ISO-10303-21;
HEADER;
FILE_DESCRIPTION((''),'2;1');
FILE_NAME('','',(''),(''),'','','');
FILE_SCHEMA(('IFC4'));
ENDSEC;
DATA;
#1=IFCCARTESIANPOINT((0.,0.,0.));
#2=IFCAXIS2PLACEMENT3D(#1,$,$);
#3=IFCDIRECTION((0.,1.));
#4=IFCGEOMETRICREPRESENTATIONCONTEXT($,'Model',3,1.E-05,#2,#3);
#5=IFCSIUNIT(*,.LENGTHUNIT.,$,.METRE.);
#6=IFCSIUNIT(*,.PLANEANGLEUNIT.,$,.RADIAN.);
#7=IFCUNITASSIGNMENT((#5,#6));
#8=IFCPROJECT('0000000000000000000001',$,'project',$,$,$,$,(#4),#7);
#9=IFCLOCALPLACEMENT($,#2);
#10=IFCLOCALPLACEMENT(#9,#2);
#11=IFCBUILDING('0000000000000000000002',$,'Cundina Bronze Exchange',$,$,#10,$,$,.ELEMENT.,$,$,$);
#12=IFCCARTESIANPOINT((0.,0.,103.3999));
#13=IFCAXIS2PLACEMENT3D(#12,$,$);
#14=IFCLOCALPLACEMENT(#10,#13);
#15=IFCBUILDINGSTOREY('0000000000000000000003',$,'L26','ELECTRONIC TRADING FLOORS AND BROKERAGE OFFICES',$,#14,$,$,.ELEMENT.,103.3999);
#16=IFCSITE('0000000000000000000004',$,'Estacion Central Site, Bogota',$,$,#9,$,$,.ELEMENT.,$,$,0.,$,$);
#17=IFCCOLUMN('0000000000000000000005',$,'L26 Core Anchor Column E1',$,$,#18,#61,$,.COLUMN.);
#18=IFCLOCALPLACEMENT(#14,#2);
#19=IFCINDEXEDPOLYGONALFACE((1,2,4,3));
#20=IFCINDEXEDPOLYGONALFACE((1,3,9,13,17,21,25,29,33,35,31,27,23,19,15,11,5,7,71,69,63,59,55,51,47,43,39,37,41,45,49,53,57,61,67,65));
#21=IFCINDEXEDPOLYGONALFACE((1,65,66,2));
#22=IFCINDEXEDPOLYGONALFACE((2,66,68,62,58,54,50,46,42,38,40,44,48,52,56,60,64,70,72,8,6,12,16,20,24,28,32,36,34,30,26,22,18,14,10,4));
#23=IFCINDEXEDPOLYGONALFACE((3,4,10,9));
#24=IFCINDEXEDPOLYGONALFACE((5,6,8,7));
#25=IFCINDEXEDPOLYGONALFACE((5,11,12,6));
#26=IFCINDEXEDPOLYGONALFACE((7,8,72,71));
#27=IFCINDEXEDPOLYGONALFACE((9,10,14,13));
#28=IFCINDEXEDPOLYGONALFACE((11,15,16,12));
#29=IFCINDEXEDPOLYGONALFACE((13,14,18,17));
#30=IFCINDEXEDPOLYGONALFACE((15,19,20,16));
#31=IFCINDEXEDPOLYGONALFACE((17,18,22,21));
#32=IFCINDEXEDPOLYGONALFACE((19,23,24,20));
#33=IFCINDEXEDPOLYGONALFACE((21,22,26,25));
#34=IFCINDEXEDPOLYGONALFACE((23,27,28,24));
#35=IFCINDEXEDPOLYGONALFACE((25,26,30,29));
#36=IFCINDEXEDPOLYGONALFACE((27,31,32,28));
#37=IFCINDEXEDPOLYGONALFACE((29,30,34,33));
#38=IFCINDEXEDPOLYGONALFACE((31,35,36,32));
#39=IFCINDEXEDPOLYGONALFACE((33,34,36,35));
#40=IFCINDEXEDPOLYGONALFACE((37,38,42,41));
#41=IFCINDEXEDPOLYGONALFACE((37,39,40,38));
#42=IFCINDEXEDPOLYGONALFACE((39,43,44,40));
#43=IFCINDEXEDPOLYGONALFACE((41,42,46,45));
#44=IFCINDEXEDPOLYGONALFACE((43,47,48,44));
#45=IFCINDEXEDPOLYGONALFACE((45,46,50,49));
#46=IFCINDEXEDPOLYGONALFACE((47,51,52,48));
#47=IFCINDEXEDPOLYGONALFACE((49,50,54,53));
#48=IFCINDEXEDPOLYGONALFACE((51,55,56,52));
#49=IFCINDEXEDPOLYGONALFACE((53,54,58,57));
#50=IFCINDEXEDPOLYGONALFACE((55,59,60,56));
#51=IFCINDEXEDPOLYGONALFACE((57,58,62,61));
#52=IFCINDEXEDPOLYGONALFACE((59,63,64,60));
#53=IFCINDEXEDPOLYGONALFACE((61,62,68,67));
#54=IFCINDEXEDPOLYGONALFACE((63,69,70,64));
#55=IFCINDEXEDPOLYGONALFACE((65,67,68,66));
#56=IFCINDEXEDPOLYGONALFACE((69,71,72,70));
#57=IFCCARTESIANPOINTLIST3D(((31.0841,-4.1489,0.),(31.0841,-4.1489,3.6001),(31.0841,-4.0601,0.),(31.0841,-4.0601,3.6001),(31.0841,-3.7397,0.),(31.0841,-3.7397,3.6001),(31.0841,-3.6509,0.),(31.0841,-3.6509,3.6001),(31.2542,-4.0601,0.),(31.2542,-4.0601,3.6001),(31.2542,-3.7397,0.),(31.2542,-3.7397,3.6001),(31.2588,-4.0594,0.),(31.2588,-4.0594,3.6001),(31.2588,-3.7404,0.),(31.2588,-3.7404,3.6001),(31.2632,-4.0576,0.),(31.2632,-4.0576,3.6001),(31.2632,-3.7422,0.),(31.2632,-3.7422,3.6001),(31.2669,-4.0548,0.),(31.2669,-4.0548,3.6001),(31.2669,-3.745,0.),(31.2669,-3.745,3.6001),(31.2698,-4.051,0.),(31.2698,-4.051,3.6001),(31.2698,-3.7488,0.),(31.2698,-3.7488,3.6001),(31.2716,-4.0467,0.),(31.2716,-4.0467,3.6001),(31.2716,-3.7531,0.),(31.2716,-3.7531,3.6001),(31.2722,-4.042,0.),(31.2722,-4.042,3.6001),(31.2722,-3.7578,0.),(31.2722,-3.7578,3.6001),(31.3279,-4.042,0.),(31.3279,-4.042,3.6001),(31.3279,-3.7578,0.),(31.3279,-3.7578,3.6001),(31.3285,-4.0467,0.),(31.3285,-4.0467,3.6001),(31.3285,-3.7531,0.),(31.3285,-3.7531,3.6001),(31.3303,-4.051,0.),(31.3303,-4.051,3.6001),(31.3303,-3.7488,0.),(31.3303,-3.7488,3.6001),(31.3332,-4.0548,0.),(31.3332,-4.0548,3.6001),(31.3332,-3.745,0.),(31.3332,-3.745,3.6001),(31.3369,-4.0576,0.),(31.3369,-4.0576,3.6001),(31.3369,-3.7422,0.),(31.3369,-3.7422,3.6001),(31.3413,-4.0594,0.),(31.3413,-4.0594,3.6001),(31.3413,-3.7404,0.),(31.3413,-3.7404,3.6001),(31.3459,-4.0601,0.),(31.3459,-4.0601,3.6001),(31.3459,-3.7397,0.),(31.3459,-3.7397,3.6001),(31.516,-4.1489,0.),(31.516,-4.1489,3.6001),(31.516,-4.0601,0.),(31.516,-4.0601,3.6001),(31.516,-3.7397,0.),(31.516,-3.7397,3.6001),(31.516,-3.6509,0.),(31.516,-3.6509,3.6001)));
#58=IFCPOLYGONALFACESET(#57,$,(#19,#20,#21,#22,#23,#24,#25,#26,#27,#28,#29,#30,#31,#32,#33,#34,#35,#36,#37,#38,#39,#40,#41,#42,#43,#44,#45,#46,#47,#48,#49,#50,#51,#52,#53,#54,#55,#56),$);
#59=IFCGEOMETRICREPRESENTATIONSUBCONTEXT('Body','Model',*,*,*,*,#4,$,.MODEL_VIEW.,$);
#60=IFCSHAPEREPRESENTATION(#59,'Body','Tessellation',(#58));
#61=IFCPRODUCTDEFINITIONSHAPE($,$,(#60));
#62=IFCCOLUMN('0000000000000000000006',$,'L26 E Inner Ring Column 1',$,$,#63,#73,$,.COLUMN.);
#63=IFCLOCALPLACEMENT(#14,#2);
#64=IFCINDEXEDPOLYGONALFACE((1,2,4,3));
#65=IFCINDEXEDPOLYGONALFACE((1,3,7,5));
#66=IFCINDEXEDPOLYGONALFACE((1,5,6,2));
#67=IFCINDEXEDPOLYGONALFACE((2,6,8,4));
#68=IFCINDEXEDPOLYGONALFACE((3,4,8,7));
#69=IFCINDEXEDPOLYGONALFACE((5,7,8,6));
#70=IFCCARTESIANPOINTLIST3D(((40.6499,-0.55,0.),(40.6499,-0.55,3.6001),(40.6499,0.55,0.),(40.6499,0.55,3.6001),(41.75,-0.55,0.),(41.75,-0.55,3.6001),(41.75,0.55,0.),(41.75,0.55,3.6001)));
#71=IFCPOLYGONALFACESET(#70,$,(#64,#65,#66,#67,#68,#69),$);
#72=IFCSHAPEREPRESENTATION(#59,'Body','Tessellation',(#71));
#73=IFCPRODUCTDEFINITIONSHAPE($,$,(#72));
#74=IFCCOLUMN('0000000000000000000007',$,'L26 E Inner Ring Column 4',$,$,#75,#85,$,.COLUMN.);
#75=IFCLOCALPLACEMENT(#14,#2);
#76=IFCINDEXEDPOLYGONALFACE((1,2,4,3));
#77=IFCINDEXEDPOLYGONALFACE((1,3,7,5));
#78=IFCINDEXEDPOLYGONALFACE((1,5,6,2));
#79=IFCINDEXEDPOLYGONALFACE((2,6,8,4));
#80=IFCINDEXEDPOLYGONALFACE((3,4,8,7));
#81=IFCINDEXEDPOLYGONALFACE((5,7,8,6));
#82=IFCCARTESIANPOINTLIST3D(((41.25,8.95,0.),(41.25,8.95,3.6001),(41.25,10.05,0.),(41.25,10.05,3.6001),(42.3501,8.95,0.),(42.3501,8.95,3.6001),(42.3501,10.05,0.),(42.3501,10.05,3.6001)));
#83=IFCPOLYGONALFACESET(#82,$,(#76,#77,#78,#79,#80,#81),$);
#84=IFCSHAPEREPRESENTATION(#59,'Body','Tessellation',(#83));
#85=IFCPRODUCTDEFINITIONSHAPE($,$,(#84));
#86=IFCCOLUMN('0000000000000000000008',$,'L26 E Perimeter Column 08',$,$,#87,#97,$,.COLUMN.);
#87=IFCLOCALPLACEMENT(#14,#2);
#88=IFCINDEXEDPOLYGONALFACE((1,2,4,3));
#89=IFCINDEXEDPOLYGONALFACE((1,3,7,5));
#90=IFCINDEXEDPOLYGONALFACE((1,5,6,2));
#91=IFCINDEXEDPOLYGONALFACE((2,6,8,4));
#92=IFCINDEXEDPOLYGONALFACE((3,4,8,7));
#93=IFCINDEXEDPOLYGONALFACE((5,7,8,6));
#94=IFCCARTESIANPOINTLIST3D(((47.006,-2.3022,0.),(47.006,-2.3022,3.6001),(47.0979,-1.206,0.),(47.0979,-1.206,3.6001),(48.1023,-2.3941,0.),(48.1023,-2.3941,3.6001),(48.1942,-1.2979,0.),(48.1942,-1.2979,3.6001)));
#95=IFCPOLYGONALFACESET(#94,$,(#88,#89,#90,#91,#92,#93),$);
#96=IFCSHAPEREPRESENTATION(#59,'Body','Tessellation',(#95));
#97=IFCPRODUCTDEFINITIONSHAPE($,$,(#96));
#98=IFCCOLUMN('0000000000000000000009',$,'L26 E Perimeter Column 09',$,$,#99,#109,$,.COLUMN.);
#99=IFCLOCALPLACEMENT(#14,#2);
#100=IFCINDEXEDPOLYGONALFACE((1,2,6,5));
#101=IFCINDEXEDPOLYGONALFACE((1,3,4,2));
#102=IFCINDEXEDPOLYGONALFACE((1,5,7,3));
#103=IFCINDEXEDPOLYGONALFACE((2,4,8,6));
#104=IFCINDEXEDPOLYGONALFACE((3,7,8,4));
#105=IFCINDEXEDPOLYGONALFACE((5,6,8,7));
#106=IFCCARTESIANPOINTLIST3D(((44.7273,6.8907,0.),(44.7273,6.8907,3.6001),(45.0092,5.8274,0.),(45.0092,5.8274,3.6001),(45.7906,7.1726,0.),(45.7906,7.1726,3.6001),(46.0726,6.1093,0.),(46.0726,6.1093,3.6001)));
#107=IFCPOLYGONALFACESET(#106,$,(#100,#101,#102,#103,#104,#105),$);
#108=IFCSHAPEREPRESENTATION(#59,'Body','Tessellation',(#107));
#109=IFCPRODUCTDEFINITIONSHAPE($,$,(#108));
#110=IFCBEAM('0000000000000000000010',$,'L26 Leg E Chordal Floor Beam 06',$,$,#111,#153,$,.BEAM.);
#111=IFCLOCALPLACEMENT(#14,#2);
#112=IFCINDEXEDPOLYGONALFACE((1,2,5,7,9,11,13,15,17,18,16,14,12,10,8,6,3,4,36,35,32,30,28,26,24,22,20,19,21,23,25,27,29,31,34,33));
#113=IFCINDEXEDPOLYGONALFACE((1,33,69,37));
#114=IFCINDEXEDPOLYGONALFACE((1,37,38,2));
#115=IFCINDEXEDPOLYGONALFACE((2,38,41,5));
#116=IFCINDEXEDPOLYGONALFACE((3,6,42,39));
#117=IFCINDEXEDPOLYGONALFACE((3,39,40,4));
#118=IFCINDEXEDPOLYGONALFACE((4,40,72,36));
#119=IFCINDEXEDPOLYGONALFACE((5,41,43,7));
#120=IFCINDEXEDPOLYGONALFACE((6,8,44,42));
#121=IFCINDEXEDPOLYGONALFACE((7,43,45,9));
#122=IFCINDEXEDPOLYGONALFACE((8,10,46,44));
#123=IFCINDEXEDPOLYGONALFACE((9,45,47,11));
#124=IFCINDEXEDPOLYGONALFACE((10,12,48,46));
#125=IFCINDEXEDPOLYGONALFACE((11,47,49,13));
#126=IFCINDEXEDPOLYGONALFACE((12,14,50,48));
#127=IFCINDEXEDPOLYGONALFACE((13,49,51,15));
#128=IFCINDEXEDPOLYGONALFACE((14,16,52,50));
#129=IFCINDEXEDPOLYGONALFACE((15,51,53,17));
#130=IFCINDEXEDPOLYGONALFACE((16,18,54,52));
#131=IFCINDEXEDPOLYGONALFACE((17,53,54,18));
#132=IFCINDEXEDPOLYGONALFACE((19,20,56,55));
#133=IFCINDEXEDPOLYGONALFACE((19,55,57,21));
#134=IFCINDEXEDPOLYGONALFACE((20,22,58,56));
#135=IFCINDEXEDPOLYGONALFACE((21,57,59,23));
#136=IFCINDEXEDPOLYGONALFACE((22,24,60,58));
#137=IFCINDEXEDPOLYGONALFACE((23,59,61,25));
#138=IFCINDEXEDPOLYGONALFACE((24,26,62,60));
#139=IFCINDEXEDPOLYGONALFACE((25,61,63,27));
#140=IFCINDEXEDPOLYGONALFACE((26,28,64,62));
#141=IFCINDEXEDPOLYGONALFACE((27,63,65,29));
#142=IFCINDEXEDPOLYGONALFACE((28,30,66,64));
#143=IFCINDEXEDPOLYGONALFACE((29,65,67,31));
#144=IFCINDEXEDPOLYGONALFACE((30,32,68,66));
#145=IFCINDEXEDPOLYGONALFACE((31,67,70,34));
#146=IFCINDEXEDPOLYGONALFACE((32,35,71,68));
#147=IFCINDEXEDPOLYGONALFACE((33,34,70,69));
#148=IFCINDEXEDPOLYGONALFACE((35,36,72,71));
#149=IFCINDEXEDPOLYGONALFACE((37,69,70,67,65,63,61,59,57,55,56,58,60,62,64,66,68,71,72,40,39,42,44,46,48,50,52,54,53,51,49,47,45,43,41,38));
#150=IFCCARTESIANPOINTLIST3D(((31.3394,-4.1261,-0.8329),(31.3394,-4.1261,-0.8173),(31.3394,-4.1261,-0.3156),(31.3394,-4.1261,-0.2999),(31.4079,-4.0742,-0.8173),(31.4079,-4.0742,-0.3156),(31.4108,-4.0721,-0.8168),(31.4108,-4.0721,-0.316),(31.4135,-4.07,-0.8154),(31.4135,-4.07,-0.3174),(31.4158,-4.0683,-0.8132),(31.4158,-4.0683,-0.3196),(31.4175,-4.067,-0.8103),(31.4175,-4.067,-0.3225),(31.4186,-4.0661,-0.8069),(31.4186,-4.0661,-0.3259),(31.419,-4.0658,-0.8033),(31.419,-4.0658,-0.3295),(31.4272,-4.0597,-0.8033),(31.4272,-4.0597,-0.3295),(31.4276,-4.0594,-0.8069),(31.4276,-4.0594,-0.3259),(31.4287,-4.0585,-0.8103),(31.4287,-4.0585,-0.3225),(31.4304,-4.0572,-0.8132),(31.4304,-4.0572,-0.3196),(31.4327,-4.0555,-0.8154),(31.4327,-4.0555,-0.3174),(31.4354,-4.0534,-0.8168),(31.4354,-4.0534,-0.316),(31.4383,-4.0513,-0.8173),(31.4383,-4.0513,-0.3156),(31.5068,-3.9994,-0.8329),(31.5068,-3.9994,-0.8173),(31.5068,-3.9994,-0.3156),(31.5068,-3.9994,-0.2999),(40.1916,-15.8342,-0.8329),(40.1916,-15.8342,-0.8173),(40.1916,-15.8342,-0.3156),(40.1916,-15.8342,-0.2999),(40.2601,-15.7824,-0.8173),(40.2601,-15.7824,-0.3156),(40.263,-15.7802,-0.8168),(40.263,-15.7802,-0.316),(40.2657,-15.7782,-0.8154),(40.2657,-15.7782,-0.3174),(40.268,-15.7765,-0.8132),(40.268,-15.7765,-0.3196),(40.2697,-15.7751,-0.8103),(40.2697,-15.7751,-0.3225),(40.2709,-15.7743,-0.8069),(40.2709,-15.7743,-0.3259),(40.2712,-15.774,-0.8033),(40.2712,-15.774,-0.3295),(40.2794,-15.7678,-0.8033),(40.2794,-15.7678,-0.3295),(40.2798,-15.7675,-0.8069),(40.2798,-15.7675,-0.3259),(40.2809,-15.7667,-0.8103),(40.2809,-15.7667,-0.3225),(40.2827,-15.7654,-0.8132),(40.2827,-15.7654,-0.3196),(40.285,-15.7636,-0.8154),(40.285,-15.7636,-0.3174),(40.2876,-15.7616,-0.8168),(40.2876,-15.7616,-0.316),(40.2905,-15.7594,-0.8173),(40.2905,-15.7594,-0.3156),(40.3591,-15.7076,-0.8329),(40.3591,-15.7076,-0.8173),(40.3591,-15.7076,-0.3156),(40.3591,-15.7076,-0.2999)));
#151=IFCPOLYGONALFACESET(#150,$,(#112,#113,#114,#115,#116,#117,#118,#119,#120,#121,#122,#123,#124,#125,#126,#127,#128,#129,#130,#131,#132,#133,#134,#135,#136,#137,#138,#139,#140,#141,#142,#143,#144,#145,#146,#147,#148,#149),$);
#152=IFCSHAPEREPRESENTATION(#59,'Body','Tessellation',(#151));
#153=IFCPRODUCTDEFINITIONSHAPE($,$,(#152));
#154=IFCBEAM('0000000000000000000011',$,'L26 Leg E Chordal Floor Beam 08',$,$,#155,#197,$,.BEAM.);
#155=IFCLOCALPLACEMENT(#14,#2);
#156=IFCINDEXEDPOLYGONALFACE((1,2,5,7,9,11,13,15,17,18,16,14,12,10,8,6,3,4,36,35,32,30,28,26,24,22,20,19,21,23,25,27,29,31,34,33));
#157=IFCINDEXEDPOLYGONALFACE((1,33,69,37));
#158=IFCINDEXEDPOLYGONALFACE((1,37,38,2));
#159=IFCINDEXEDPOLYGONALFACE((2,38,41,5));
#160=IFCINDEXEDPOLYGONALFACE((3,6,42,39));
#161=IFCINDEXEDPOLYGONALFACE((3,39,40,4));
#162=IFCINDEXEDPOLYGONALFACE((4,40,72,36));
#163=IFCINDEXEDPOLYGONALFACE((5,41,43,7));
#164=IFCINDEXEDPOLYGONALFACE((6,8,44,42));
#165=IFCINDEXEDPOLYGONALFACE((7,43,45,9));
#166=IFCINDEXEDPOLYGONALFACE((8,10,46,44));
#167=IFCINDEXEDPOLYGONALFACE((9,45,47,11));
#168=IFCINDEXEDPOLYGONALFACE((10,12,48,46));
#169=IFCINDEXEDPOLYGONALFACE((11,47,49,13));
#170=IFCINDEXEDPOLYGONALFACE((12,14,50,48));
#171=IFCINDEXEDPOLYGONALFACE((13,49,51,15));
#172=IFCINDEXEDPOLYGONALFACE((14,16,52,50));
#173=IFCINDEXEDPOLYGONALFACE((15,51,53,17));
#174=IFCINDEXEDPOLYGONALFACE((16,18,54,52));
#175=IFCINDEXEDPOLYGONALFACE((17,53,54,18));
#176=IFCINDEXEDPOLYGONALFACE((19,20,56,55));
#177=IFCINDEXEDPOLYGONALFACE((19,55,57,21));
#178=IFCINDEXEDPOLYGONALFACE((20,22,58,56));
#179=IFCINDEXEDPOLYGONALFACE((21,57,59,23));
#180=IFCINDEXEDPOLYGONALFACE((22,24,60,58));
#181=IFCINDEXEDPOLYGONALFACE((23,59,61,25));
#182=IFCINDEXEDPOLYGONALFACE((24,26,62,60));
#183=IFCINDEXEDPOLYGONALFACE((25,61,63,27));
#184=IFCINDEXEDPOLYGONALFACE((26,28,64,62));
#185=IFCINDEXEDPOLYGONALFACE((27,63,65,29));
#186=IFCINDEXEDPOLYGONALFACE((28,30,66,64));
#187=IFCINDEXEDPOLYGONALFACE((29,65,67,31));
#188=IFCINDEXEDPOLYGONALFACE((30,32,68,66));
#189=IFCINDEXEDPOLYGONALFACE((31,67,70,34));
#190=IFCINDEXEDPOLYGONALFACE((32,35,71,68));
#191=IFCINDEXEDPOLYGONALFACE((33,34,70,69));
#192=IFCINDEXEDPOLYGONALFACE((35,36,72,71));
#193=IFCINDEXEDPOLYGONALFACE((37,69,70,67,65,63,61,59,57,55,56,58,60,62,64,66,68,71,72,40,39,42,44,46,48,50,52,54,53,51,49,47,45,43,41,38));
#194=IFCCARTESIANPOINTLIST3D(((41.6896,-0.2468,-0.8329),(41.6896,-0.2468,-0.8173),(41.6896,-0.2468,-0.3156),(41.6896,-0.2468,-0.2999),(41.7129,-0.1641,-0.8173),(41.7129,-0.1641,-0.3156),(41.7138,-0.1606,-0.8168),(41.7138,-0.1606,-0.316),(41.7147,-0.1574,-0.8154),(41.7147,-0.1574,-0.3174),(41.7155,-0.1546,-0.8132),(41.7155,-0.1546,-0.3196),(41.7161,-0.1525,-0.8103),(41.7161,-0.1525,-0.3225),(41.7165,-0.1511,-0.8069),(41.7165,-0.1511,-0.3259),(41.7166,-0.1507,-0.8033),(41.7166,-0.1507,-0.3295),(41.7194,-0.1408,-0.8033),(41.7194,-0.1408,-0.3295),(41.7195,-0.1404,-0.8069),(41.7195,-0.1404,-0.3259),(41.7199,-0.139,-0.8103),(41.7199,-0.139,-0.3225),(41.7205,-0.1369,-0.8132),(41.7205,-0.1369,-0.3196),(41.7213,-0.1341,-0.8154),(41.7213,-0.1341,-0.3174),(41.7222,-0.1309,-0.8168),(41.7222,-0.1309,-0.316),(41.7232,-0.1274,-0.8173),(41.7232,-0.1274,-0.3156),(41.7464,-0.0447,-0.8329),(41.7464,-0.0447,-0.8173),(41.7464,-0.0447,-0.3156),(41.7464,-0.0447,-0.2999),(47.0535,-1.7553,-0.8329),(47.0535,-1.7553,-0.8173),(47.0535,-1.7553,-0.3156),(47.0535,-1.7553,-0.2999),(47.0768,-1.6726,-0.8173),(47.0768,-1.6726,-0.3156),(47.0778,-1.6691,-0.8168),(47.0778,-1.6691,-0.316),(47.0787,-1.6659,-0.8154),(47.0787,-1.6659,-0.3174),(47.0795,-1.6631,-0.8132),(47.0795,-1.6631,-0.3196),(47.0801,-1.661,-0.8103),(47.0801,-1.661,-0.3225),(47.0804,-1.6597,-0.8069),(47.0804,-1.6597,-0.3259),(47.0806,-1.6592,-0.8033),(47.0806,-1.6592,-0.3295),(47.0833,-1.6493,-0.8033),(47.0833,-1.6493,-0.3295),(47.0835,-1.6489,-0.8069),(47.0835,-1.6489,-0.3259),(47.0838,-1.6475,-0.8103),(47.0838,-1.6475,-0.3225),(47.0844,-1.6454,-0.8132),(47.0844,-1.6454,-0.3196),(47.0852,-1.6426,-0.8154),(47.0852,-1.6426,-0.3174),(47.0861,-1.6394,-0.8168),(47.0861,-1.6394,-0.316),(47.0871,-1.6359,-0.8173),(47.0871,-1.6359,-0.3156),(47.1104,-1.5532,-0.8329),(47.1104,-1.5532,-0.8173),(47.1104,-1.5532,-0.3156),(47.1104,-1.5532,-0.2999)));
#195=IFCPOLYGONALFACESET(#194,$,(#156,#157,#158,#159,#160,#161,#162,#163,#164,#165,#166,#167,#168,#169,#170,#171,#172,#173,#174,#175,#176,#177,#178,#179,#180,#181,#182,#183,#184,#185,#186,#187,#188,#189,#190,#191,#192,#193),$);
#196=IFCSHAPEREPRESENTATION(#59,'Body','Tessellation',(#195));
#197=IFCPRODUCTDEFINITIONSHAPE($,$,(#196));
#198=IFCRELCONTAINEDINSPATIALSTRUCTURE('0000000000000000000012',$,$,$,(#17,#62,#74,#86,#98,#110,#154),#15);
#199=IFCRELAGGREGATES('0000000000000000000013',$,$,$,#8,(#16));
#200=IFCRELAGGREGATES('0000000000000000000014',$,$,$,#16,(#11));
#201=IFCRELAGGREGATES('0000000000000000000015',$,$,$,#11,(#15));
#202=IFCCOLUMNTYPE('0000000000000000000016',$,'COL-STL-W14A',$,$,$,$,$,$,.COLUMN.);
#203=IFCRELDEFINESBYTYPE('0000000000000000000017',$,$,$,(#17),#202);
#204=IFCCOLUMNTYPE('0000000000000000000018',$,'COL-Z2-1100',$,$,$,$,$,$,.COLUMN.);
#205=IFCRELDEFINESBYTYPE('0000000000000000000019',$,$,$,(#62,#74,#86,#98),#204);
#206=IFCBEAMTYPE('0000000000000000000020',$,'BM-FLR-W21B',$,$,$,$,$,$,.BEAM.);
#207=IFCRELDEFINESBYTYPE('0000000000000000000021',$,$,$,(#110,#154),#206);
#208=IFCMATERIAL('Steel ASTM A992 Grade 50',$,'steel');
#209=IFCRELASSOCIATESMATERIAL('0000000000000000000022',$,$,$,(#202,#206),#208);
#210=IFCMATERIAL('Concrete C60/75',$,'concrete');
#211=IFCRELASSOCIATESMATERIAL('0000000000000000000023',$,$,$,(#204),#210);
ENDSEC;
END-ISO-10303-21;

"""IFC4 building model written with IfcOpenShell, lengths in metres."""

from ifc_helpers import new_model, si_unit, direction, frame, origin, origin_2d, place, context, subcontext, project, spatial, rectangle, i_section, extrude, material, material_profile, profile_set, type_object, element, save


model = new_model("IFC4")

# Units and contexts
model_context = context("Model", 3, precision=1e-05, world=origin(), true_north=direction((0.0, 1.0)))
body_context = subcontext(model_context, "Body", "Model", "MODEL_VIEW")
ifc_project = project(units=[si_unit("LENGTHUNIT", "METRE"), si_unit("PLANEANGLEUNIT", "RADIAN")], contexts=[model_context])

# Site, building, storey
site_placement = place(None, origin())
site = spatial("IfcSite", under=ifc_project, at=site_placement, Name="Estacion Central Site, Bogota", CompositionType="ELEMENT", RefElevation=0.0)
building_placement = place(site_placement, origin())
building = spatial("IfcBuilding", under=site, at=building_placement, Name="Cundina Bronze Exchange", CompositionType="ELEMENT")
storey_placement = place(building_placement, frame((0.0, 0.0, 103.3999)))
storey = spatial("IfcBuildingStorey", under=building, at=storey_placement, Name="L26", Description="ELECTRONIC TRADING FLOORS AND BROKERAGE OFFICES", CompositionType="ELEMENT", Elevation=103.3999)

# Columns
ifc_material_1 = material(Name="Steel ASTM A992 Grade 50", Category="steel")
ifc_material_profile_1 = material_profile(ifc_material_1, i_section(OverallWidth=0.4319, OverallDepth=0.498, WebThickness=0.0557, FlangeThickness=0.0889, FilletRadius=0.0181, at=origin_2d()), Name="W14X500", Category="steel")
ifc_profile_set_1 = profile_set([ifc_material_profile_1], Name="Steel ASTM A992 Grade 50")
column_type_1 = type_object("IfcColumnType", Name="COL-STL-W14A", PredefinedType="COLUMN", material=ifc_profile_set_1)
column_placement = place(storey_placement, frame((31.3, -3.8999, 0.0), z_axis=(0.0, 0.0, 1.0), x_axis=(1.0, 0.0, 0.0)))
element("IfcColumn", 1, at=column_placement, inside=storey, type_object=column_type_1, Name="L26 Core Anchor Column E1", PredefinedType="COLUMN", context=body_context, shape_type="SweptSolid", body=[
    extrude(i_section(OverallWidth=0.4319, OverallDepth=0.498, WebThickness=0.0557, FlangeThickness=0.0889, FilletRadius=0.0181, at=origin_2d()), origin(), (0.0, 0.0, 1.0), 3.6001),
])
ifc_material_2 = material(Name="Concrete C60/75", Category="concrete")
ifc_material_profile_2 = material_profile(ifc_material_2, rectangle(XDim=1.1001, YDim=1.1001, at=origin_2d()), Name="RC1100X1100", Category="concrete")
ifc_profile_set_2 = profile_set([ifc_material_profile_2], Name="Concrete C60/75")
column_type_2 = type_object("IfcColumnType", Name="COL-Z2-1100", PredefinedType="COLUMN", material=ifc_profile_set_2)
for number, where, z_axis, x_axis, name in (
    (2, (41.2, 0.0, 0.0), (0.0, 0.0, 1.0), (1.0, 0.0, 0.0), "L26 E Inner Ring Column 1"),
    (3, (41.8, 9.5, 0.0), (0.0, 0.0, 1.0), (1.0, 0.0, 0.0), "L26 E Inner Ring Column 4"),
    (4, (47.6001, -1.8, 0.0), (0.0, 0.0, 1.0), (0.083504, 0.996507, 0.0), "L26 E Perimeter Column 08"),
    (5, (45.3999, 6.5, 0.0), (0.0, 0.0, 1.0), (-0.256289, 0.9666, 0.0), "L26 E Perimeter Column 09"),
):
    element("IfcColumn", number, at=place(storey_placement, frame(where, z_axis=z_axis, x_axis=x_axis)), inside=storey, type_object=column_type_2, Name=name, PredefinedType="COLUMN", context=body_context, shape_type="SweptSolid", body=[
        extrude(rectangle(XDim=1.1001, YDim=1.1001, at=origin_2d()), origin(), (0.0, 0.0, 1.0), 3.6001),
    ])

# Beams
ifc_material_profile_3 = material_profile(ifc_material_1, i_section(OverallWidth=0.21, OverallDepth=0.533, WebThickness=0.0103, FlangeThickness=0.0156, FilletRadius=0.0139, at=origin_2d()), Name="W21X62", Category="steel")
ifc_profile_set_3 = profile_set([ifc_material_profile_3], Name="Steel ASTM A992 Grade 50")
beam_type_1 = type_object("IfcBeamType", Name="BM-FLR-W21B", PredefinedType="BEAM", material=ifc_profile_set_3)
beam_1_placement = place(storey_placement, frame((31.4231, -4.0627, -0.5664), z_axis=(0.603096, -0.797669, 0.0), x_axis=(0.797669, 0.603096, 0.0)))
element("IfcBeam", 6, at=beam_1_placement, inside=storey, type_object=beam_type_1, Name="L26 Leg E Chordal Floor Beam 06", PredefinedType="BEAM", context=body_context, shape_type="SweptSolid", body=[
    extrude(i_section(OverallWidth=0.21, OverallDepth=0.533, WebThickness=0.0103, FlangeThickness=0.0156, FilletRadius=0.0139, at=origin_2d()), origin(), (0.0, 0.0, 1.0), 14.678),
])
beam_2_placement = place(storey_placement, frame((41.718, -0.1458, -0.5664), z_axis=(0.962655, -0.270732, 0.0), x_axis=(0.270732, 0.962655, 0.0)))
element("IfcBeam", 7, at=beam_2_placement, inside=storey, type_object=beam_type_1, Name="L26 Leg E Chordal Floor Beam 08", PredefinedType="BEAM", context=body_context, shape_type="SweptSolid", body=[
    extrude(i_section(OverallWidth=0.21, OverallDepth=0.533, WebThickness=0.0103, FlangeThickness=0.0156, FilletRadius=0.0139, at=origin_2d()), origin(), (0.0, 0.0, 1.0), 5.572),
])

save(model, "model.ifc")
